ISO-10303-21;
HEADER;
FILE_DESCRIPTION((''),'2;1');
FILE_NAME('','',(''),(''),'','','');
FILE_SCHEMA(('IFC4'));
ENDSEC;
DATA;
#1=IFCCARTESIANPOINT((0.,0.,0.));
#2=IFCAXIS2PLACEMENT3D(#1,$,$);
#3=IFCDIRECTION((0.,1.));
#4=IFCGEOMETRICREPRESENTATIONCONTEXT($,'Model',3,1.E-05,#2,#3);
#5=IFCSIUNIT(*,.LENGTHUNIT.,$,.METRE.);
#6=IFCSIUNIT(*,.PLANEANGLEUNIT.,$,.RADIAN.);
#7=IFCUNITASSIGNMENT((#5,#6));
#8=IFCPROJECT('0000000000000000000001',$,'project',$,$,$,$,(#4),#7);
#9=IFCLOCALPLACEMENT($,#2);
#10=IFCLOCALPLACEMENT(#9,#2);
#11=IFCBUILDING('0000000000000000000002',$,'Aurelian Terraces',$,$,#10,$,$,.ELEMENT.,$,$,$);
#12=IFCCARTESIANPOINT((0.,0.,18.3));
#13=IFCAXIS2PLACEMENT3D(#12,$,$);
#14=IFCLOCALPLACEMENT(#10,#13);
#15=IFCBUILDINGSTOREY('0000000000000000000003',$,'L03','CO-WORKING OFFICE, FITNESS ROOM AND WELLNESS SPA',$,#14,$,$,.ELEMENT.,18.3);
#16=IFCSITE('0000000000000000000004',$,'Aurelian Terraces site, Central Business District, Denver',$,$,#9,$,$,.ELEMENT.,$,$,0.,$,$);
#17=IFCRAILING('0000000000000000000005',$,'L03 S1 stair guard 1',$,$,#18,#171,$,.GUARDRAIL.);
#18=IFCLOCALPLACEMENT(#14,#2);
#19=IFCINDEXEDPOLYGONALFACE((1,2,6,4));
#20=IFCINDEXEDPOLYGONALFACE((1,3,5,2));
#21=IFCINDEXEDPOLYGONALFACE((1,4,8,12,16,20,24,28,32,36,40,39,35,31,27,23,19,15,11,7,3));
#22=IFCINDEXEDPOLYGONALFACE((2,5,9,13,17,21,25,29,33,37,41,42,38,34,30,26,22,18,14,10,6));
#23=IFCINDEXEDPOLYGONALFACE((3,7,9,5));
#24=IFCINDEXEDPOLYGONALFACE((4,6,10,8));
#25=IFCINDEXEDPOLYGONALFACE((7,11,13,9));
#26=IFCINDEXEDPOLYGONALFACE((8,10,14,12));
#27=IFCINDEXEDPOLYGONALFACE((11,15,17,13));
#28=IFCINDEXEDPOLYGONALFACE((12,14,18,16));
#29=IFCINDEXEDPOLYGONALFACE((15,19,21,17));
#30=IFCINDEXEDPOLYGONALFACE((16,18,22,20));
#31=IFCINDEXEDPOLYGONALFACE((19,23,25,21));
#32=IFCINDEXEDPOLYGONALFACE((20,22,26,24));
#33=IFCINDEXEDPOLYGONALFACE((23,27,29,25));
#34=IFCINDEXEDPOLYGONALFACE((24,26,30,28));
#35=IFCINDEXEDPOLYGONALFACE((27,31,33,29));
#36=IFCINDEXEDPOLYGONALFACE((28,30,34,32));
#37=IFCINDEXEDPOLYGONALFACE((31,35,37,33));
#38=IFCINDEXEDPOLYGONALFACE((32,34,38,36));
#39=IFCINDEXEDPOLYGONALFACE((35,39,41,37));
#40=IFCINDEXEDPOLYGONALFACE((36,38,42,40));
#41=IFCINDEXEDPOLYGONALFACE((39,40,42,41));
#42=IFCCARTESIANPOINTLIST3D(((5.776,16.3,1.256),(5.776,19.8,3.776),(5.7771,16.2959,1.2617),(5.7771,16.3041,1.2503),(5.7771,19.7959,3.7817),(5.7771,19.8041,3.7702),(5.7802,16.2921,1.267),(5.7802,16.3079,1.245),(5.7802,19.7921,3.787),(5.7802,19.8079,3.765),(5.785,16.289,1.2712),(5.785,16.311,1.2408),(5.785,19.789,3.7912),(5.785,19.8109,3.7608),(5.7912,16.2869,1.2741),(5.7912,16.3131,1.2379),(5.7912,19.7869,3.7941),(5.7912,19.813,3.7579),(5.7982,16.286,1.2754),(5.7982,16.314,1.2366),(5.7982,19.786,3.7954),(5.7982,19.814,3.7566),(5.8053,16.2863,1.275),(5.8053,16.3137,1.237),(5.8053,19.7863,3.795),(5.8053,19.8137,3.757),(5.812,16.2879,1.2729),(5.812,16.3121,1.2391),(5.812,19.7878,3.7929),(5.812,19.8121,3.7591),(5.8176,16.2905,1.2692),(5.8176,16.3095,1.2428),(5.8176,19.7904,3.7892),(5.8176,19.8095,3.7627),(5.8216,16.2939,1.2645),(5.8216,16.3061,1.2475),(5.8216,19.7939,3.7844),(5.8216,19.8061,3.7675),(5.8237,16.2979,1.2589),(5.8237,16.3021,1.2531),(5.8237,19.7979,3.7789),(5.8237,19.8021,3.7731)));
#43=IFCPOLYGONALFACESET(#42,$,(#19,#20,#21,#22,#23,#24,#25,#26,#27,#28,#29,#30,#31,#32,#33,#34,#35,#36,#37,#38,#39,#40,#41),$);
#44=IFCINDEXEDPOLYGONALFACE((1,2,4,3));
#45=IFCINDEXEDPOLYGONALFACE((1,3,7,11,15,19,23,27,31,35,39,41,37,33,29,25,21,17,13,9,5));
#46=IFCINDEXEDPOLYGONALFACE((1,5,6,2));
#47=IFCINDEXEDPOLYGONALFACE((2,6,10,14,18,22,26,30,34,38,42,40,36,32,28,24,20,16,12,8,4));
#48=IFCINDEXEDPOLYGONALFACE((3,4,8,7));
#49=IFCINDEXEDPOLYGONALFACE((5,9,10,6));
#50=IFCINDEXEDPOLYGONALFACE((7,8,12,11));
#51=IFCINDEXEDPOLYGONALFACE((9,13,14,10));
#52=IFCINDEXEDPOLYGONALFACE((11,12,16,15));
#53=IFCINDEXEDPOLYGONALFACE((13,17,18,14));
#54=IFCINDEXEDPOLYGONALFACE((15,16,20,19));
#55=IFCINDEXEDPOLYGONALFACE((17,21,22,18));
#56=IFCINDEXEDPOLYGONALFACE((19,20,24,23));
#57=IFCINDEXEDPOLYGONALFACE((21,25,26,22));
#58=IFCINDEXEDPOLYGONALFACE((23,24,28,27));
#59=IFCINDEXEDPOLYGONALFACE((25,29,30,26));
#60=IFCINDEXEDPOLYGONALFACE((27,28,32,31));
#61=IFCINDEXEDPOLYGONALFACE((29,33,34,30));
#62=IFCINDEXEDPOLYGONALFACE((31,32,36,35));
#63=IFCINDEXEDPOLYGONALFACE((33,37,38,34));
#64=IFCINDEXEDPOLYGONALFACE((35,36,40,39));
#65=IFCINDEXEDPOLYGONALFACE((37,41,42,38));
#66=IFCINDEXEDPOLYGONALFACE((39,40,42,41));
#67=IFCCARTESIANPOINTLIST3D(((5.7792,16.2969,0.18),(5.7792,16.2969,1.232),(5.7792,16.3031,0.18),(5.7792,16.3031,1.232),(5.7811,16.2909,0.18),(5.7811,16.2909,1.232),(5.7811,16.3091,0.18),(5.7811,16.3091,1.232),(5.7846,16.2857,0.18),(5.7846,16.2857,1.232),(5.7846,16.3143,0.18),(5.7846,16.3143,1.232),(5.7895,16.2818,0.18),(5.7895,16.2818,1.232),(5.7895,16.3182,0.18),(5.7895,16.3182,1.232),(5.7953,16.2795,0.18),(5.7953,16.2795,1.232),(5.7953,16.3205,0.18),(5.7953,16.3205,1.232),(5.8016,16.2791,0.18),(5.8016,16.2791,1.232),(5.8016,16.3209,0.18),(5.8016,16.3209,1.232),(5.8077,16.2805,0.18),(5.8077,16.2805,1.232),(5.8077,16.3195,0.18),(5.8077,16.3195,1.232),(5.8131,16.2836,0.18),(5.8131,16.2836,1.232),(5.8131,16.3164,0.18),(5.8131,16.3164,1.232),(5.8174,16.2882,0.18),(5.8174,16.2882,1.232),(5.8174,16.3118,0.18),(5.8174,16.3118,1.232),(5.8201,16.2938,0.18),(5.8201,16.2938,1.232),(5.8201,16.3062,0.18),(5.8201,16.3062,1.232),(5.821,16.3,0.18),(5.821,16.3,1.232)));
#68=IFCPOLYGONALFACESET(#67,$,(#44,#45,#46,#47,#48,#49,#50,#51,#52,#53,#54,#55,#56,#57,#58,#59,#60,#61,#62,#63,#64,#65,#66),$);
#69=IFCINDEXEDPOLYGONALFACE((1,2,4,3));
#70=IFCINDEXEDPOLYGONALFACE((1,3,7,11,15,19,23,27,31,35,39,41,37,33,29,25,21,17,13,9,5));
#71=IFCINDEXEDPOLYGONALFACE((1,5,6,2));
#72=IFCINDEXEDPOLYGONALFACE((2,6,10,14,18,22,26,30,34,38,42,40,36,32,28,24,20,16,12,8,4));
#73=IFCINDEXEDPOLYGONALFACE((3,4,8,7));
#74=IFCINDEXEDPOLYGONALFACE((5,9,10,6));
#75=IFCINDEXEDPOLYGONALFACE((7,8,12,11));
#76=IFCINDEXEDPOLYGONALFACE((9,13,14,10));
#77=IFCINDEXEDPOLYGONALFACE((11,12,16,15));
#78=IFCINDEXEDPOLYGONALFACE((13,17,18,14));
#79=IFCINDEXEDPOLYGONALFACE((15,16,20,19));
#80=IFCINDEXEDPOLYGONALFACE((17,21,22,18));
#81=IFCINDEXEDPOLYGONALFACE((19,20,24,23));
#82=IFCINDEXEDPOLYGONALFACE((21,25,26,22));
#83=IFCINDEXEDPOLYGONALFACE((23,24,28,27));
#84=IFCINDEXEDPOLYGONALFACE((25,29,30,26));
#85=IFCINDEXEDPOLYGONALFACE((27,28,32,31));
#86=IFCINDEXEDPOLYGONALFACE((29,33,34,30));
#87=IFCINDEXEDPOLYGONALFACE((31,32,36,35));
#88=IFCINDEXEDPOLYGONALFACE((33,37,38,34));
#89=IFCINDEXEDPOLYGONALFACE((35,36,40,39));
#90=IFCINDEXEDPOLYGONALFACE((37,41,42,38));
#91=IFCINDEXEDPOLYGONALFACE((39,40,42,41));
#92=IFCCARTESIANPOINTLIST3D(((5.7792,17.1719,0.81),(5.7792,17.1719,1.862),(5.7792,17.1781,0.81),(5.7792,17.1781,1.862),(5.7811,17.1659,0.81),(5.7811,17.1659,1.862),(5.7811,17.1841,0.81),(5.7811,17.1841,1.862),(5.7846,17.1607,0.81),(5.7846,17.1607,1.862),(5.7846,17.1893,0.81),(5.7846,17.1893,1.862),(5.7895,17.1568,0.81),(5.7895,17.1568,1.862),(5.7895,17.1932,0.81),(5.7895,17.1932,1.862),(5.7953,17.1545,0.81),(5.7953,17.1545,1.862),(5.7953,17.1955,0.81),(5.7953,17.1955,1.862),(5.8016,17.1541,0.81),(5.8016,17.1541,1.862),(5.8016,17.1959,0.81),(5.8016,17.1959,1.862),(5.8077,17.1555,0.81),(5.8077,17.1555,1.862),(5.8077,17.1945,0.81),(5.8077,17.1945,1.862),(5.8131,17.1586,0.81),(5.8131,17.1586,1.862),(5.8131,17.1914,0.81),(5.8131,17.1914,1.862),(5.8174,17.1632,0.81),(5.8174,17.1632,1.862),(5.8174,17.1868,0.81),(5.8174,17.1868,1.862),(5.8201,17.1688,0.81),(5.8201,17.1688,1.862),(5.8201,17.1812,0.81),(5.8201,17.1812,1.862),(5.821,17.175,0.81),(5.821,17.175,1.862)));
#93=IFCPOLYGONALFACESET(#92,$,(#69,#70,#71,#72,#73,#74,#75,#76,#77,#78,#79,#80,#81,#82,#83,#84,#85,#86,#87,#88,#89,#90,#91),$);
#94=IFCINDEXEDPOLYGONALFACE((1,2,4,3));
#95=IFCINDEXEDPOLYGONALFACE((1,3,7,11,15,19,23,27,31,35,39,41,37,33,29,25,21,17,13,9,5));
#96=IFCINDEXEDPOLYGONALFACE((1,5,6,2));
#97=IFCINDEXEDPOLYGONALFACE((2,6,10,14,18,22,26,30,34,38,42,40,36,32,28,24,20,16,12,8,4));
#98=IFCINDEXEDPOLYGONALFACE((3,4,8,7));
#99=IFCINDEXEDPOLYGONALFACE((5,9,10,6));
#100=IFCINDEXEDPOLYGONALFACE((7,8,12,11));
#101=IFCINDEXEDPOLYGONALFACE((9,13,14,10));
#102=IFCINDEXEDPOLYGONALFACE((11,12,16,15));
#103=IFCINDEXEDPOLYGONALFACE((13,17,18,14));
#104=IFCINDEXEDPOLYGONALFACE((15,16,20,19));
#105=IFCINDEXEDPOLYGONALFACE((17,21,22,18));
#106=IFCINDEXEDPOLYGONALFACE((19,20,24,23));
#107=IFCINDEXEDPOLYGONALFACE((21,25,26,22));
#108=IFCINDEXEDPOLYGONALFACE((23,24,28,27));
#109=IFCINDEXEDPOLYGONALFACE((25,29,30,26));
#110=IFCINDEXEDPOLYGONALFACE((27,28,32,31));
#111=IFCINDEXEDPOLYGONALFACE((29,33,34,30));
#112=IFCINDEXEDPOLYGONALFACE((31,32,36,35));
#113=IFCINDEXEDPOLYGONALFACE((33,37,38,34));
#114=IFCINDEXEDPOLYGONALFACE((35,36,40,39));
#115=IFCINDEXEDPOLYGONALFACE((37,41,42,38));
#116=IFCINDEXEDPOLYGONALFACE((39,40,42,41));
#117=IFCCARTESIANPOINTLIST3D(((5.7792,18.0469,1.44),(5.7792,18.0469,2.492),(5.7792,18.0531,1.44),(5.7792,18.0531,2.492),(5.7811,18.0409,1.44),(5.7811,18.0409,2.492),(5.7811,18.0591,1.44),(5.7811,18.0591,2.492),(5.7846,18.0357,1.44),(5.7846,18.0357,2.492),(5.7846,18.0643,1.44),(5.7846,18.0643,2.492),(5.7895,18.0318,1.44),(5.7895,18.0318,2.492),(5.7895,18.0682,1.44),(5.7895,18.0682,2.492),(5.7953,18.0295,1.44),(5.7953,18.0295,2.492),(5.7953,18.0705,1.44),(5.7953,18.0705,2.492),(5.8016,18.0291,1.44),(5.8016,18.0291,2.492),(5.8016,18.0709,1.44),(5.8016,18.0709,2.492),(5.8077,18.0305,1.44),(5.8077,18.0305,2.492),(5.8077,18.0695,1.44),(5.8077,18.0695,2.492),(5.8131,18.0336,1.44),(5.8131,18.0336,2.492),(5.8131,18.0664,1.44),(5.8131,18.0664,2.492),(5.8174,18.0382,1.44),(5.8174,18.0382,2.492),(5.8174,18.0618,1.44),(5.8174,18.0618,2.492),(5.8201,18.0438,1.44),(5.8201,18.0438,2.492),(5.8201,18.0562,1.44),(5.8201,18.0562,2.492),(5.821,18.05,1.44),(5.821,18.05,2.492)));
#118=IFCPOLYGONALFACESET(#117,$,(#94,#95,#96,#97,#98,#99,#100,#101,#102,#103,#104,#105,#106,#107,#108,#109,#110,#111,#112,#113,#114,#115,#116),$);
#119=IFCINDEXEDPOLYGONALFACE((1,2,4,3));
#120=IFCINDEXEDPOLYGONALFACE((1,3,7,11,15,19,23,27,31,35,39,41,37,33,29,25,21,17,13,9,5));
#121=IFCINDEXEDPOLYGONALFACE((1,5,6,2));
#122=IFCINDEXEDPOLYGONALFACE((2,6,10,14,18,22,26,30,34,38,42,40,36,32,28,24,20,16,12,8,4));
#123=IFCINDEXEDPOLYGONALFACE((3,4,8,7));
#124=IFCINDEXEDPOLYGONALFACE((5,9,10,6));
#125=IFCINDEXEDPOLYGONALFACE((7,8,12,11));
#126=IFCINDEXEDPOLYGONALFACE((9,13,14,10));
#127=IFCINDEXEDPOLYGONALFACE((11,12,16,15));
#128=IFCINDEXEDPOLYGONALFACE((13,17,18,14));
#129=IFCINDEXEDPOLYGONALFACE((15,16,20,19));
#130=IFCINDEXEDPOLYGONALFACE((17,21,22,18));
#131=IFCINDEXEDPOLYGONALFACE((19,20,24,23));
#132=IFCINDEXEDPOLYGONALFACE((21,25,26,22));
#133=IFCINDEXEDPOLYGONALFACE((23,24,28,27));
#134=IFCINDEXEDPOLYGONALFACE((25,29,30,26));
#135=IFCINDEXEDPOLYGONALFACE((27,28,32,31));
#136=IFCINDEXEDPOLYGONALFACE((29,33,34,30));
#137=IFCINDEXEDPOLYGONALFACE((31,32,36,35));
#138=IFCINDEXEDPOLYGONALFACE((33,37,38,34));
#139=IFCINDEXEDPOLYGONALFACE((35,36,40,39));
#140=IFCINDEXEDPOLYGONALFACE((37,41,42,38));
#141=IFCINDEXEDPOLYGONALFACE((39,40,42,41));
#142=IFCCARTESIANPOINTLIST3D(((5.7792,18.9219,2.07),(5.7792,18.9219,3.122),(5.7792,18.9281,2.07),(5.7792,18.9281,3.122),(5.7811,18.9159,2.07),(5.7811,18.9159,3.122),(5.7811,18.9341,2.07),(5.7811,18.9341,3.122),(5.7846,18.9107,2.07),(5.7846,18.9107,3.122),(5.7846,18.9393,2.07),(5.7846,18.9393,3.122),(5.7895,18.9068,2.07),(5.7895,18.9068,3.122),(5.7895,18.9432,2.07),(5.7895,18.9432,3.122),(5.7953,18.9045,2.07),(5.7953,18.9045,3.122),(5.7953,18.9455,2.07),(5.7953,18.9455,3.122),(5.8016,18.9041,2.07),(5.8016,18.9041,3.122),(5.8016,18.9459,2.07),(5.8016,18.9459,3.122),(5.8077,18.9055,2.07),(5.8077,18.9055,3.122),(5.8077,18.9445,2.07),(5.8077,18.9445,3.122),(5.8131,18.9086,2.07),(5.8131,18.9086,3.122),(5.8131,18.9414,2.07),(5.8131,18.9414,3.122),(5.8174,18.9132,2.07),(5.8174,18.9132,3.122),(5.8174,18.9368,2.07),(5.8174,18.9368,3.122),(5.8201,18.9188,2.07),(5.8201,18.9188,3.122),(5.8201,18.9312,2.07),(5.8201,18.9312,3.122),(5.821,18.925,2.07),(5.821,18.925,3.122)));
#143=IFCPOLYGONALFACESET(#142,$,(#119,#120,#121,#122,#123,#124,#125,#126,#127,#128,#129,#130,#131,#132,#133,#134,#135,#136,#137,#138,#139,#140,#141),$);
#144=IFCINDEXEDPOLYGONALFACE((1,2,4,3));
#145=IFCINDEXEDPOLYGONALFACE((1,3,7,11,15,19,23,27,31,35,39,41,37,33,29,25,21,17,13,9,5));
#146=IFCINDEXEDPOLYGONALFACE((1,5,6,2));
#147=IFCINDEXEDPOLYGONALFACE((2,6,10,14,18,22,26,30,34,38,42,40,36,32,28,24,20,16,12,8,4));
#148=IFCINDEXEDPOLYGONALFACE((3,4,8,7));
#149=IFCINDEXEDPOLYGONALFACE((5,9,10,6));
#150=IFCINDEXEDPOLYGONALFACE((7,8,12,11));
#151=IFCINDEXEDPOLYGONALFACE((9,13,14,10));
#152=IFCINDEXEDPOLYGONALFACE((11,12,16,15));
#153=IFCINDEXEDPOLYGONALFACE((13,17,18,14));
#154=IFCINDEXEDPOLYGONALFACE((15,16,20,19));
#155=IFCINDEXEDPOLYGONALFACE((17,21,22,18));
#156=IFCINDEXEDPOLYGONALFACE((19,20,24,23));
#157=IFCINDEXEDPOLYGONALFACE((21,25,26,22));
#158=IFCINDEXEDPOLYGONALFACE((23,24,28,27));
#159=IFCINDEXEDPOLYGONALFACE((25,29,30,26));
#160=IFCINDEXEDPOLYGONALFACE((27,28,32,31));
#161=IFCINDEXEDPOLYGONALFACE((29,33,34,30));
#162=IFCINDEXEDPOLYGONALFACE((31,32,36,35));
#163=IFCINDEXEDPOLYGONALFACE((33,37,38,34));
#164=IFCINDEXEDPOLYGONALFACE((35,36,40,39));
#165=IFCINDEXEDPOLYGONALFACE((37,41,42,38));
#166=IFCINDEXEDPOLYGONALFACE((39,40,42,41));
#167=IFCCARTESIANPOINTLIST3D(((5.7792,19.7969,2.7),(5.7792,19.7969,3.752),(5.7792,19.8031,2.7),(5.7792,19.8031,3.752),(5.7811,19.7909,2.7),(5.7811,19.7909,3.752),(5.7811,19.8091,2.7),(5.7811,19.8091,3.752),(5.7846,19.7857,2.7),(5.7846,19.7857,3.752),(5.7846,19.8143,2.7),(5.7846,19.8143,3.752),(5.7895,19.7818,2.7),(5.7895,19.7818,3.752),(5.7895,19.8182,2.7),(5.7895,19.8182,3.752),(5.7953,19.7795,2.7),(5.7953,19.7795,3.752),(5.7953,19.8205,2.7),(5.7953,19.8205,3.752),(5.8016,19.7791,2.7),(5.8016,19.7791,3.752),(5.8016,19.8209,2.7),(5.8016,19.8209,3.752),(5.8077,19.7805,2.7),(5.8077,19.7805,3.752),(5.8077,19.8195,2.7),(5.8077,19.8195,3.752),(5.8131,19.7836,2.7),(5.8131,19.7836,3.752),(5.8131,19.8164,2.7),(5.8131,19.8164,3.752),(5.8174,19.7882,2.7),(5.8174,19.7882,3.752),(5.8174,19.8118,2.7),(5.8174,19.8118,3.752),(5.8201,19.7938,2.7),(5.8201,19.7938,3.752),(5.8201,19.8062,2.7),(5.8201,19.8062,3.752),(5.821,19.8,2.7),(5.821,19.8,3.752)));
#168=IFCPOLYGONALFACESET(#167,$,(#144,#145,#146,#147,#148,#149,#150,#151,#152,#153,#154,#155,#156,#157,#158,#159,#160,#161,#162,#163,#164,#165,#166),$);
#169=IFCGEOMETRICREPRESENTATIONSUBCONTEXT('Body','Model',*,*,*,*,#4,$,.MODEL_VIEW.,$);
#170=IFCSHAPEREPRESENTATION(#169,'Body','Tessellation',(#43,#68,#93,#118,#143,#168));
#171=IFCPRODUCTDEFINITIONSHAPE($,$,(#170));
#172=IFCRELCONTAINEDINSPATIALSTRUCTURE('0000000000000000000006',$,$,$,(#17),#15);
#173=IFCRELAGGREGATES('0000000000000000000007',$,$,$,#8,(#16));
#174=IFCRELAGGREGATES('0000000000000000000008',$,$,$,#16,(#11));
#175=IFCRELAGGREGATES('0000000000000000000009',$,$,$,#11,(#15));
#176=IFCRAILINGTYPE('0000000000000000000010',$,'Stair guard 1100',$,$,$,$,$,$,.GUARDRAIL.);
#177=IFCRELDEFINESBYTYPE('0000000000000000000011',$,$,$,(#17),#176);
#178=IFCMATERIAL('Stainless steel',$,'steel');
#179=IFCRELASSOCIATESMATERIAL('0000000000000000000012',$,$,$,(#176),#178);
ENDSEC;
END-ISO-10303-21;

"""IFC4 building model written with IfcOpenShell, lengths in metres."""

from ifc_helpers import new_model, si_unit, direction, frame, origin, origin_2d, place, context, subcontext, project, spatial, circle, extrude, source, transform, mapped, material, type_object, element, save


model = new_model("IFC4")

# Units and contexts
model_context = context("Model", 3, precision=1e-05, world=origin(), true_north=direction((0.0, 1.0)))
body_context = subcontext(model_context, "Body", "Model", "MODEL_VIEW")
ifc_project = project(units=[si_unit("LENGTHUNIT", "METRE"), si_unit("PLANEANGLEUNIT", "RADIAN")], contexts=[model_context])

# Site, building, storey
site_placement = place(None, origin())
site = spatial("IfcSite", under=ifc_project, at=site_placement, Name="Aurelian Terraces site, Central Business District, Denver", CompositionType="ELEMENT", RefElevation=0.0)
building_placement = place(site_placement, origin())
building = spatial("IfcBuilding", under=site, at=building_placement, Name="Aurelian Terraces", CompositionType="ELEMENT")
storey_placement = place(building_placement, frame((0.0, 0.0, 18.3)))
storey = spatial("IfcBuildingStorey", under=building, at=storey_placement, Name="L03", Description="CO-WORKING OFFICE, FITNESS ROOM AND WELLNESS SPA", CompositionType="ELEMENT", Elevation=18.3)

# Railing
ifc_material_1 = material(Name="Stainless steel", Category="steel")
railing_type_1 = type_object("IfcRailingType", Name="Stair guard 1100", PredefinedType="GUARDRAIL", material=ifc_material_1)
shared_shape_1 = source(origin(), body_context, "Body", "SweptSolid", [
    extrude(circle(Radius=0.024, at=origin_2d()), frame((0.0, 0.0, 1.076), z_axis=(0.0, 0.811534, 0.584305), x_axis=(-1.0, 0.0, 0.0)), (0.0, 0.0, 1.0), 4.3128),
    extrude(circle(Radius=0.021, at=origin_2d()), origin(), (0.0, 0.0, 1.0), 1.052),
    extrude(circle(Radius=0.021, at=origin_2d()), frame((0.0, 0.875, 0.63)), (0.0, 0.0, 1.0), 1.052),
    extrude(circle(Radius=0.021, at=origin_2d()), frame((0.0, 1.75, 1.26)), (0.0, 0.0, 1.0), 1.052),
    extrude(circle(Radius=0.021, at=origin_2d()), frame((0.0, 2.625, 1.89)), (0.0, 0.0, 1.0), 1.052),
    extrude(circle(Radius=0.021, at=origin_2d()), frame((0.0, 3.5, 2.52)), (0.0, 0.0, 1.0), 1.052),
])
railing_1_placement = place(storey_placement, frame((5.8, 16.3, 0.18)))
element("IfcRailing", 1, at=railing_1_placement, inside=storey, type_object=railing_type_1, Name="L03 S1 stair guard 1", PredefinedType="GUARDRAIL", context=body_context, shape_type="MappedRepresentation", body=[
    mapped(shared_shape_1, transform((0.0, 0.0, 0.0), scale=1.0)),
])

save(model, "model.ifc")
